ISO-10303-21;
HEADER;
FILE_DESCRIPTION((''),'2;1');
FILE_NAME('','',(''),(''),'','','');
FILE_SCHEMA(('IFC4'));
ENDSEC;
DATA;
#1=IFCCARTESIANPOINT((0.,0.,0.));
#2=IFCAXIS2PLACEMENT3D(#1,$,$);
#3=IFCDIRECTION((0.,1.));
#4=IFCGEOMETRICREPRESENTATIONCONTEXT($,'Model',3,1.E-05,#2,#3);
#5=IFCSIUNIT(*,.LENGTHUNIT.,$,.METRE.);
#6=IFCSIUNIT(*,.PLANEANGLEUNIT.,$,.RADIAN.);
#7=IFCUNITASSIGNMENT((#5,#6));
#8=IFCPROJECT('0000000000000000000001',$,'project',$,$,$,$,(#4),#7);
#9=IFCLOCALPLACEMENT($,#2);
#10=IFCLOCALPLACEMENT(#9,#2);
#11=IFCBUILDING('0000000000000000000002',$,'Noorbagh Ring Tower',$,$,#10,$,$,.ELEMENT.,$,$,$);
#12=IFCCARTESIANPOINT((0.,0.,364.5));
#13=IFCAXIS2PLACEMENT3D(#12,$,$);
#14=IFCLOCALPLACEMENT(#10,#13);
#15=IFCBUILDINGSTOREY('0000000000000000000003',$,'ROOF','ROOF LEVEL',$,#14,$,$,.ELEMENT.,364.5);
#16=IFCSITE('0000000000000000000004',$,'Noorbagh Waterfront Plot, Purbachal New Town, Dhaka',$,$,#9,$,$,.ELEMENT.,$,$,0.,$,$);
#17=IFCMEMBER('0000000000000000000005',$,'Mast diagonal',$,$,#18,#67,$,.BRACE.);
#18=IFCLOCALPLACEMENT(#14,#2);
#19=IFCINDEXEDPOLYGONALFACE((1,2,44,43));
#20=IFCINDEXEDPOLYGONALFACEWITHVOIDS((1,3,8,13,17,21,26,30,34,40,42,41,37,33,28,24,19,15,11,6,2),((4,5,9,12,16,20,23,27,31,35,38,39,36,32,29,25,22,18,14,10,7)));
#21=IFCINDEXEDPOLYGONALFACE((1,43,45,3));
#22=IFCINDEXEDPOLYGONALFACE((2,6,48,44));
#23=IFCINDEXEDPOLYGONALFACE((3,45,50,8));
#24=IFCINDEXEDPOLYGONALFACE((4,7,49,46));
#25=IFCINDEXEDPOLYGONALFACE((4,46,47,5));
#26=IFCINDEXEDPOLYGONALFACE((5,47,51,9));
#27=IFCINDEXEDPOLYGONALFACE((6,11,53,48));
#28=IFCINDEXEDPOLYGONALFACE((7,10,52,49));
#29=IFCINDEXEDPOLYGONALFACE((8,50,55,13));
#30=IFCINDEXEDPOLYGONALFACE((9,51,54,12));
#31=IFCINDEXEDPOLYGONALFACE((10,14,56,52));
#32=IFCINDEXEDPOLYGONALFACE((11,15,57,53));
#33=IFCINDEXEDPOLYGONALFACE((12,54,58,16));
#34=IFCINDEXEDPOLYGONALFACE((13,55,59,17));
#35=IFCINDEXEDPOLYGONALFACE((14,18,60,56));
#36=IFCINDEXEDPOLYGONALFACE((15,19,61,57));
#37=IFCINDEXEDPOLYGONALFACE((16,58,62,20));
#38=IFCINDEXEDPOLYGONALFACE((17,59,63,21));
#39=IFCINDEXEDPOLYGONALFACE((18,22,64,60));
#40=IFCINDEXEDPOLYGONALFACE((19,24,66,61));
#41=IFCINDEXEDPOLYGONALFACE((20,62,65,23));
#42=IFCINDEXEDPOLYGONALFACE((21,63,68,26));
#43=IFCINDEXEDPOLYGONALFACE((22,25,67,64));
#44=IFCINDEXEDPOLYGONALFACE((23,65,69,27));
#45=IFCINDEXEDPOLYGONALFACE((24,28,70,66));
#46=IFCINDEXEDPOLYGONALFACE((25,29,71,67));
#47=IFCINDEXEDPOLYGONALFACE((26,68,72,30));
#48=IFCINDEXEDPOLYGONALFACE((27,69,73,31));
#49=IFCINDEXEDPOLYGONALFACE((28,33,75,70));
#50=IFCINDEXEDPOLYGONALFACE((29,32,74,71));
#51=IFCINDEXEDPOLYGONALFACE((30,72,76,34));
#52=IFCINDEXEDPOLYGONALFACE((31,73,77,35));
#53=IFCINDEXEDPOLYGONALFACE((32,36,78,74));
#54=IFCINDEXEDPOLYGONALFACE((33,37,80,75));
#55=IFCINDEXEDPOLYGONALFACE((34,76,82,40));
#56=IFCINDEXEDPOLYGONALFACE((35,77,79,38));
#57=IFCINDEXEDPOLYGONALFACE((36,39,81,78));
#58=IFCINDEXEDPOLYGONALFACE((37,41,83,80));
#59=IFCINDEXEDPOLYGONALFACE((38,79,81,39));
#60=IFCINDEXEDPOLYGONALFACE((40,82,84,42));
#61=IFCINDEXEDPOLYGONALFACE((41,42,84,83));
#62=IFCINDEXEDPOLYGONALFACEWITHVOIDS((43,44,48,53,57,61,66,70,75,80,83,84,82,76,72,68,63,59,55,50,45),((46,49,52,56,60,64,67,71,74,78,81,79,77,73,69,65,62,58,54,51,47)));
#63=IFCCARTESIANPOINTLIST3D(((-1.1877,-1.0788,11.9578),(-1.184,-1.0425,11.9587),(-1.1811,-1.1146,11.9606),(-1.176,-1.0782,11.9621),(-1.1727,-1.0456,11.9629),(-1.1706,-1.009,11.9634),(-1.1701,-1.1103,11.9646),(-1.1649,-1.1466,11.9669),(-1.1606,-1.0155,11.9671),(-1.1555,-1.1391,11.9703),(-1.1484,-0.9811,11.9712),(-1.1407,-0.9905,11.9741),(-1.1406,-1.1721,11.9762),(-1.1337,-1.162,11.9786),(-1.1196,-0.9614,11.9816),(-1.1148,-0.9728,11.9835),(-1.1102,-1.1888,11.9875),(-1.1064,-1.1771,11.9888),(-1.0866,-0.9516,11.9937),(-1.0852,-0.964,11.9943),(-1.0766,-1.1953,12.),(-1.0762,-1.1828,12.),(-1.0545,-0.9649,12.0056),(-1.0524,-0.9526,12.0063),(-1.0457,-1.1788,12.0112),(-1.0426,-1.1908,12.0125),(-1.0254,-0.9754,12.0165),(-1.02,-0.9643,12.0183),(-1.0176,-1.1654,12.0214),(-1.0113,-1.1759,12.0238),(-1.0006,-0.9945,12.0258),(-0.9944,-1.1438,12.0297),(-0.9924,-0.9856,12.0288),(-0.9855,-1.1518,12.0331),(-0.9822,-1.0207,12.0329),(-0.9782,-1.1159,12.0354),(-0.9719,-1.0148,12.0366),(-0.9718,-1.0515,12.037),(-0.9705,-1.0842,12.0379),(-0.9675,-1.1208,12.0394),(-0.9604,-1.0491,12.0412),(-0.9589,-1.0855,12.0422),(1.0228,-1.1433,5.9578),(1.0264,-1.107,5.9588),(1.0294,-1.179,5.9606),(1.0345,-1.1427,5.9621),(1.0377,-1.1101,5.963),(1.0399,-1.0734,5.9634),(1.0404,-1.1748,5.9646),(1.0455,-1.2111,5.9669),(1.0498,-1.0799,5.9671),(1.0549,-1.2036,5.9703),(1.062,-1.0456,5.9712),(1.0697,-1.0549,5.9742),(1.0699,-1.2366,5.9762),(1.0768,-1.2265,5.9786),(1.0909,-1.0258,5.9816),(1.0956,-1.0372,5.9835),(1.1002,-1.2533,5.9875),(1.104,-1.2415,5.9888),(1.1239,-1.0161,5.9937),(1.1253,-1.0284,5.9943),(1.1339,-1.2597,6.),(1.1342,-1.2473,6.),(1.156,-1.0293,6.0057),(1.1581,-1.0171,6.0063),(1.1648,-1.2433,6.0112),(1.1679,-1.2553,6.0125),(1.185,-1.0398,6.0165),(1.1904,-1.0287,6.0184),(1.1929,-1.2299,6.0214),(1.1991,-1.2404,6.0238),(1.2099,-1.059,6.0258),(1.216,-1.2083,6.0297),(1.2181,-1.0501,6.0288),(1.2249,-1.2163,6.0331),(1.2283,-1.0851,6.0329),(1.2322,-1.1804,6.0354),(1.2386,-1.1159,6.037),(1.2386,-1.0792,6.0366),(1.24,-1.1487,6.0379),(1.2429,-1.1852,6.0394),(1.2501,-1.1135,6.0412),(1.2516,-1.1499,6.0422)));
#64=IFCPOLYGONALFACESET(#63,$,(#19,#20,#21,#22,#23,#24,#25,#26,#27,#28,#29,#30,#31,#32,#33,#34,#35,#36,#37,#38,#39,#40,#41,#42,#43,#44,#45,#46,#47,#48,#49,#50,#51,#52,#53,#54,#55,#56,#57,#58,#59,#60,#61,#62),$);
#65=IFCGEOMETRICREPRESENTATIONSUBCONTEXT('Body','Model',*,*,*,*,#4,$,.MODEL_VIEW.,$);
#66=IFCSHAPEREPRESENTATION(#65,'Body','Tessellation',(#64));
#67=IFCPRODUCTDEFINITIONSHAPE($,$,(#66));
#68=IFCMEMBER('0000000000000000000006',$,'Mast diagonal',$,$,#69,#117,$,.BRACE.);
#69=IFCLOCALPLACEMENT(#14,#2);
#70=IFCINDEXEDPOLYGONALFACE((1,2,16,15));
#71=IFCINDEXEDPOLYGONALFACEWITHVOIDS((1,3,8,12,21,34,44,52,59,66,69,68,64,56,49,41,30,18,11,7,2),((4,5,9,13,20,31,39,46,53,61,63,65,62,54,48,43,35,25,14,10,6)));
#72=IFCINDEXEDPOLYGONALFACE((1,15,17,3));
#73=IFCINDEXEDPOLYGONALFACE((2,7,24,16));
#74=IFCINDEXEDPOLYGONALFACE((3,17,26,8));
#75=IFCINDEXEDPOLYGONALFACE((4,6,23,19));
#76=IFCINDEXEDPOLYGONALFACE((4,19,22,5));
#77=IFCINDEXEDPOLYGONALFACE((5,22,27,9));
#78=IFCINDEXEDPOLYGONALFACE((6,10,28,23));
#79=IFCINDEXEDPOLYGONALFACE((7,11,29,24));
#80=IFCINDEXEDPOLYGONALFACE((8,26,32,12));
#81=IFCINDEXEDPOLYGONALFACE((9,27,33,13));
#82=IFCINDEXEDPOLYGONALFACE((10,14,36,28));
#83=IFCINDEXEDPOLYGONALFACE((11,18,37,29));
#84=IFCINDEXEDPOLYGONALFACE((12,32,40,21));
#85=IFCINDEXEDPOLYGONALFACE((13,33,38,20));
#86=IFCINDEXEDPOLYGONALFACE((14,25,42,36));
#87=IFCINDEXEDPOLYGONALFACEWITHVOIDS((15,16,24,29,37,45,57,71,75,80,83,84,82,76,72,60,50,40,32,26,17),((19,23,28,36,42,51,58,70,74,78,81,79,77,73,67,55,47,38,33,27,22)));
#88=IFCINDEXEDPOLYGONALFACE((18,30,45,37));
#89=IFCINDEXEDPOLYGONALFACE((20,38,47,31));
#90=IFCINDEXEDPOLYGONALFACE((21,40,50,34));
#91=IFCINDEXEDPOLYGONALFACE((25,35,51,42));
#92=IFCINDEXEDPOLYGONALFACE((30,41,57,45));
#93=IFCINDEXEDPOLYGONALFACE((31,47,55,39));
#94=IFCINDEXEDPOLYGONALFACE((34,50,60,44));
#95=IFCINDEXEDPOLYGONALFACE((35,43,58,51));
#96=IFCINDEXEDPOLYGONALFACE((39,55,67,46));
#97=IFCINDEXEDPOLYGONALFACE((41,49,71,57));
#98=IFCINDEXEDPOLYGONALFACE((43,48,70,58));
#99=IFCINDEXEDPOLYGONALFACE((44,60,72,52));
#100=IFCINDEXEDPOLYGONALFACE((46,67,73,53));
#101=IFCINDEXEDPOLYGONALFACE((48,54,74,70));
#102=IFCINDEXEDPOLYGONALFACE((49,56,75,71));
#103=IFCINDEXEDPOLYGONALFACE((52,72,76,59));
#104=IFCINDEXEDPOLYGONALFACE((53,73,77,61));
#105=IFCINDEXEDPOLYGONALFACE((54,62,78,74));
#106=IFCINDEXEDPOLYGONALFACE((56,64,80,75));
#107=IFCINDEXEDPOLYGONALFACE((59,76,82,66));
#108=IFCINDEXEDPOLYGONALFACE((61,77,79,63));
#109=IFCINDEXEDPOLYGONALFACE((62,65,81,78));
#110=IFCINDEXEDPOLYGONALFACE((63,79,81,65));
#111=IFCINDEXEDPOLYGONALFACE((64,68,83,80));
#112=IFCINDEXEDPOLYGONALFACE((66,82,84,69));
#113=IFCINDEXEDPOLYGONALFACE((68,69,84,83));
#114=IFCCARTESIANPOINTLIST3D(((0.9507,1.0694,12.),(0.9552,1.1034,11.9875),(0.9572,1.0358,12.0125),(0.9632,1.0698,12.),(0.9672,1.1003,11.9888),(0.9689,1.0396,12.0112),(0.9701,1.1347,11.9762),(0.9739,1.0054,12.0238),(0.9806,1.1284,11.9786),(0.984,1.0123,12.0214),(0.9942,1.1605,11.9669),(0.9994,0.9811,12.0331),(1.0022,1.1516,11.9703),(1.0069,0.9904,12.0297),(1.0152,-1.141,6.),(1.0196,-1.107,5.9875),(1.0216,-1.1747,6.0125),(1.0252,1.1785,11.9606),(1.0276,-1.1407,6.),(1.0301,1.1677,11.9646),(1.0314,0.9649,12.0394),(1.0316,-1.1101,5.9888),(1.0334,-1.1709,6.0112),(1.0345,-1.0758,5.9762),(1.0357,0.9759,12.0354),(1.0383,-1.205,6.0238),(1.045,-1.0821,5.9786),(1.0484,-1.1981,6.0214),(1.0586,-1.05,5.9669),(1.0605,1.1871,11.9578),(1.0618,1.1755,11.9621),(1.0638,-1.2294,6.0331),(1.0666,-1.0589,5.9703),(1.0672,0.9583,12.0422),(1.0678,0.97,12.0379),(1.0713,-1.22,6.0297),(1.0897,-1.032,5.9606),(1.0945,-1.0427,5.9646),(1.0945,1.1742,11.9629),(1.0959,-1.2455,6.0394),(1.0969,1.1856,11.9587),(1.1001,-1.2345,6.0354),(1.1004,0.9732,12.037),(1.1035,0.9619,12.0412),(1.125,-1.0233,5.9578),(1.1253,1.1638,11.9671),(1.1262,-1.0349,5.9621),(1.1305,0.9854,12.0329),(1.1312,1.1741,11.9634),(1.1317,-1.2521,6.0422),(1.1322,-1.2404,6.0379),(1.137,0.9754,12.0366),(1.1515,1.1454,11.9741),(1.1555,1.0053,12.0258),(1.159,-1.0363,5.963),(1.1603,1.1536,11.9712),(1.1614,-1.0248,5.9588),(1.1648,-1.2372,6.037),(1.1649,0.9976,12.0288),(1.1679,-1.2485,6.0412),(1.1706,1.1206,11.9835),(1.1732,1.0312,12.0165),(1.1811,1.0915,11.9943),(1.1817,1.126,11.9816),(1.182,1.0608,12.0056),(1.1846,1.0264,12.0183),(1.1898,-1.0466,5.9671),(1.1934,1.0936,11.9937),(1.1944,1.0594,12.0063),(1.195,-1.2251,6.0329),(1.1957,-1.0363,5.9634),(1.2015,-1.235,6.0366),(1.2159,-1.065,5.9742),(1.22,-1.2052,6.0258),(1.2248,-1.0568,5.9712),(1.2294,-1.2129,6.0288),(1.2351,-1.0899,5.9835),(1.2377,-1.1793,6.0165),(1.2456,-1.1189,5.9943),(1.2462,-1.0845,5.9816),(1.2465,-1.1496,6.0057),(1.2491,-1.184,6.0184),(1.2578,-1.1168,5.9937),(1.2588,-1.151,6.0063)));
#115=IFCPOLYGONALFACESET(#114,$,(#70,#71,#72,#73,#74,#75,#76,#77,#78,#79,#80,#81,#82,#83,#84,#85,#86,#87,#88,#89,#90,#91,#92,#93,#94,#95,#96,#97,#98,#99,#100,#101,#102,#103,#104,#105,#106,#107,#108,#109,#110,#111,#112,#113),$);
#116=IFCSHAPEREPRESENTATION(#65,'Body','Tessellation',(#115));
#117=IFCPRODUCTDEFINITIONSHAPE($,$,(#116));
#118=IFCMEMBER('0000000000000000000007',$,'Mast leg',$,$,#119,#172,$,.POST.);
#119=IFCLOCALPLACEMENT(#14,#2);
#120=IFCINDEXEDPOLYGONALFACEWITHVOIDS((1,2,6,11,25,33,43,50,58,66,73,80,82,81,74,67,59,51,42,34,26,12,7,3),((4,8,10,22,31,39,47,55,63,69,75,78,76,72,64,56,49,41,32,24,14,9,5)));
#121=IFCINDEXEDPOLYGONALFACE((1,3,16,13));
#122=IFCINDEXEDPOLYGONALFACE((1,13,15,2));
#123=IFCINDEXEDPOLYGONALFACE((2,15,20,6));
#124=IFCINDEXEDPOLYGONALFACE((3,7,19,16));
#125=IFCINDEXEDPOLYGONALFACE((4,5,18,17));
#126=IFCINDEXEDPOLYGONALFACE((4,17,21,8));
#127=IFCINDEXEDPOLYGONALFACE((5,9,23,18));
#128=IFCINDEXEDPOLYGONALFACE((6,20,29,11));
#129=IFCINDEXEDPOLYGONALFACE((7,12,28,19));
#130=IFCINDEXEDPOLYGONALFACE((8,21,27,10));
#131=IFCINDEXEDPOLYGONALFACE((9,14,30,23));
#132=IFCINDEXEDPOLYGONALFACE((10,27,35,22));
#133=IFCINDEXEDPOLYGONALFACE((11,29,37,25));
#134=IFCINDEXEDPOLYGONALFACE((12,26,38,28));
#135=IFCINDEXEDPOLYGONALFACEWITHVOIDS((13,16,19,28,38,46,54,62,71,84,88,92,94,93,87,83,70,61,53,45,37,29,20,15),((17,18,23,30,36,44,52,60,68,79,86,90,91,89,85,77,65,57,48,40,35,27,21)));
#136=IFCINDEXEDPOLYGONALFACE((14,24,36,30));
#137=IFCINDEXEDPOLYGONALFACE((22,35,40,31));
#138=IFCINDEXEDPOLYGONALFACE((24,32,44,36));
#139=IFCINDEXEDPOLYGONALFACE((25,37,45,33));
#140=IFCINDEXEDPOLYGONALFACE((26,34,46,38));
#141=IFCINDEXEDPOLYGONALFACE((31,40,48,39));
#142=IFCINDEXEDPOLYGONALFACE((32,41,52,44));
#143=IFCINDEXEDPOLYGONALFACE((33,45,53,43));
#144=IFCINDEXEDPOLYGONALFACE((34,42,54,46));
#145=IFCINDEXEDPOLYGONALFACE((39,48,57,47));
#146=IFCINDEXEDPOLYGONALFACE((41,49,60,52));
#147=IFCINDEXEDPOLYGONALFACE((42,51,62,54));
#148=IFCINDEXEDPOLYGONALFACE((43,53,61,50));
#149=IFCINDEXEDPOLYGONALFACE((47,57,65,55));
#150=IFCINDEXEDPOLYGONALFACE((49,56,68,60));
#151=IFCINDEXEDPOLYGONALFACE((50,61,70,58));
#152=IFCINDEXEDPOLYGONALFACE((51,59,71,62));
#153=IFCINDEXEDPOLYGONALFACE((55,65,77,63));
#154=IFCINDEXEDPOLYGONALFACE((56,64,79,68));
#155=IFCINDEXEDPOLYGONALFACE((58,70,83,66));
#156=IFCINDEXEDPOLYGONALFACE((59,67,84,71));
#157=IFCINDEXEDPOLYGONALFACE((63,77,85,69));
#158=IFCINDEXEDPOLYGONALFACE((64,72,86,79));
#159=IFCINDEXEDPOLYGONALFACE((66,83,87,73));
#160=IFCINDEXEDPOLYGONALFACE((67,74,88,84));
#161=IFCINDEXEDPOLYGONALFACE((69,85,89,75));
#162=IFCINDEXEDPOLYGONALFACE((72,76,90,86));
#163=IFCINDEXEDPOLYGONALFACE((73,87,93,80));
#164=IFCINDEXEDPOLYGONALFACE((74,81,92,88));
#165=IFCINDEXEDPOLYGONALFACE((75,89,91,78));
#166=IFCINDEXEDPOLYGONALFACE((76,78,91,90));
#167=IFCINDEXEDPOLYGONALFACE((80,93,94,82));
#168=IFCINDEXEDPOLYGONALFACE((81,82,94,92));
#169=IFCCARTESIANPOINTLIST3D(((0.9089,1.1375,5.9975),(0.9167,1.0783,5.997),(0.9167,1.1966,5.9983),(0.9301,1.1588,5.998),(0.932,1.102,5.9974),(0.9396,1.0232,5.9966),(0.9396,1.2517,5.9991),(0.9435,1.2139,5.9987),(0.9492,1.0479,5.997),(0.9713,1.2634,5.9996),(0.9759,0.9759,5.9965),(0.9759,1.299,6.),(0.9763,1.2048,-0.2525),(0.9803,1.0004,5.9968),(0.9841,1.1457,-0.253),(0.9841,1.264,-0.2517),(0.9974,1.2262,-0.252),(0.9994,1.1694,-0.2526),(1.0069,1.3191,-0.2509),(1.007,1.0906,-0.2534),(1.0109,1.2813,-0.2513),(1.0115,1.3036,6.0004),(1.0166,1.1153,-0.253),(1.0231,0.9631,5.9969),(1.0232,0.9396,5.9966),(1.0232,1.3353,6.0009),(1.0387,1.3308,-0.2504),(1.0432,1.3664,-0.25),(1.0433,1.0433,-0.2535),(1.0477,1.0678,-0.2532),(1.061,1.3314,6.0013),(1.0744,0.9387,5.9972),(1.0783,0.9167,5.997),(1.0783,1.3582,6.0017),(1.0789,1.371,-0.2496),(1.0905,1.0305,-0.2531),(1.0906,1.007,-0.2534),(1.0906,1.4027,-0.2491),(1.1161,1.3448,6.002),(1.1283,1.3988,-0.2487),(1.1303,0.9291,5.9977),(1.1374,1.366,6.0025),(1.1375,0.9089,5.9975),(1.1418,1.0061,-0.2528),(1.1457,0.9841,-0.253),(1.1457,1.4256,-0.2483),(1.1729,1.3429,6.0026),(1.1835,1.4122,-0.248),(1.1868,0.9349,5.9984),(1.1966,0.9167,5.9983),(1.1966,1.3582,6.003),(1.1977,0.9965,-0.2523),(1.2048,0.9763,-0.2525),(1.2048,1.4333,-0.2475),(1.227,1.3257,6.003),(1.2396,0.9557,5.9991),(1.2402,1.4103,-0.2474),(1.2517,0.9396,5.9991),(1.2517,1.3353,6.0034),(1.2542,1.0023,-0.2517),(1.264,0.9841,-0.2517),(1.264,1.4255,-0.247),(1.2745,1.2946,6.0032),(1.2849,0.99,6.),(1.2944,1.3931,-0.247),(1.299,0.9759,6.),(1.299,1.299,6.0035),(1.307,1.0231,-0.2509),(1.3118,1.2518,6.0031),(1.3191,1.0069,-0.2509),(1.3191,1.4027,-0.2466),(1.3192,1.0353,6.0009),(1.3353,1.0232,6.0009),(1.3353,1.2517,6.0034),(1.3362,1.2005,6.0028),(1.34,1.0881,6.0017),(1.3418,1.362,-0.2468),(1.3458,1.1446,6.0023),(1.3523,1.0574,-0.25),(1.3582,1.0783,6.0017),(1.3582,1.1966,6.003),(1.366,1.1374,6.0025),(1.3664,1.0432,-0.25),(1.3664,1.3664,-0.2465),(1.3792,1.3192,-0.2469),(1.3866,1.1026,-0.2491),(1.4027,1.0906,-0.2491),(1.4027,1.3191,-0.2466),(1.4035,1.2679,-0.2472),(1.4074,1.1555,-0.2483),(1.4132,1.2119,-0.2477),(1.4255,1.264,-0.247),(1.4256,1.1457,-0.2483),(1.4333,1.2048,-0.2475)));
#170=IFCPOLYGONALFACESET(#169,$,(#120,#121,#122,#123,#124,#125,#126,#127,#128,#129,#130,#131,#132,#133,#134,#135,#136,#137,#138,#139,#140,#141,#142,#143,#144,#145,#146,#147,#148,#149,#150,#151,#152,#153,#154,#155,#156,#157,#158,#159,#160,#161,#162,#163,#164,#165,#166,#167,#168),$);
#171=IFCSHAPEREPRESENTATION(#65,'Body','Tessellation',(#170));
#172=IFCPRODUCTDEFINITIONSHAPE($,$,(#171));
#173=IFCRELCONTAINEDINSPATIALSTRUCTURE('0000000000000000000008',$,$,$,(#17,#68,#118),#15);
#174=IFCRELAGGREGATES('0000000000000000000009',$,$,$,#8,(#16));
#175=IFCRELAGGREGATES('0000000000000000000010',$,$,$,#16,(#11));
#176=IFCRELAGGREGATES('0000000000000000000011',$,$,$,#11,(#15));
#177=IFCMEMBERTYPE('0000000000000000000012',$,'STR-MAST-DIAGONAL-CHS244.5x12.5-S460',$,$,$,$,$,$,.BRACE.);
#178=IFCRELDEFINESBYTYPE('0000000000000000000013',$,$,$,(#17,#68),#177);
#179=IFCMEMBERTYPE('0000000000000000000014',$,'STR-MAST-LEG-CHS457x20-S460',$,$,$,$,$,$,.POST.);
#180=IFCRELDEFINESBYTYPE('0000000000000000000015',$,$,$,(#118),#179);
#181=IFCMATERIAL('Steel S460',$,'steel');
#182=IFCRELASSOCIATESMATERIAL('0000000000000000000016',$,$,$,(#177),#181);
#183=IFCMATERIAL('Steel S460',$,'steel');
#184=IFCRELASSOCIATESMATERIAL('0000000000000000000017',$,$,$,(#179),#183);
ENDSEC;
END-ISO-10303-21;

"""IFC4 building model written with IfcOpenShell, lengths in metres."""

from ifc_helpers import new_model, si_unit, direction, frame, origin, origin_2d, place, context, subcontext, project, spatial, hollow_circle, extrude, material, material_profile, profile_set, type_object, element, save


model = new_model("IFC4")

# Units and contexts
model_context = context("Model", 3, precision=1e-05, world=origin(), true_north=direction((0.0, 1.0)))
body_context = subcontext(model_context, "Body", "Model", "MODEL_VIEW")
ifc_project = project(units=[si_unit("LENGTHUNIT", "METRE"), si_unit("PLANEANGLEUNIT", "RADIAN")], contexts=[model_context])

# Site, building, storey
site_placement = place(None, origin())
site = spatial("IfcSite", under=ifc_project, at=site_placement, Name="Noorbagh Waterfront Plot, Purbachal New Town, Dhaka", CompositionType="ELEMENT", RefElevation=0.0)
building_placement = place(site_placement, origin())
building = spatial("IfcBuilding", under=site, at=building_placement, Name="Noorbagh Ring Tower", CompositionType="ELEMENT")
storey_placement = place(building_placement, frame((0.0, 0.0, 364.5)))
storey = spatial("IfcBuildingStorey", under=building, at=storey_placement, Name="ROOF", Description="ROOF LEVEL", CompositionType="ELEMENT", Elevation=364.5)

# Members
ifc_material_1 = material(Name="Steel S460", Category="steel")
ifc_material_profile_1 = material_profile(ifc_material_1, hollow_circle(Radius=0.1223, WallThickness=0.0125, at=origin_2d()), Name="CHS244.5x12.5")
ifc_profile_set_1 = profile_set([ifc_material_profile_1], Name="Steel S460")
member_type_1 = type_object("IfcMemberType", Name="STR-MAST-DIAGONAL-CHS244.5x12.5-S460", PredefinedType="BRACE", material=ifc_profile_set_1)
for number, where, z_axis, x_axis, name in (
    (1, (1.1375, -1.1375, 6.0), (-0.345677, 0.010079, 0.938299), (-0.029146, -0.999575, 0.0), "Mast diagonal"),
    (2, (1.1375, -1.1375, 6.0), (-0.010079, 0.345677, 0.938299), (-0.999575, -0.029146, 0.0), "Mast diagonal"),
):
    element("IfcMember", number, at=place(storey_placement, frame(where, z_axis=z_axis, x_axis=x_axis)), inside=storey, type_object=member_type_1, Name=name, PredefinedType="BRACE", context=body_context, shape_type="SweptSolid", body=[
        extrude(hollow_circle(Radius=0.1223, WallThickness=0.0125, at=origin_2d()), origin(), (0.0, 0.0, 1.0), 6.3945),
    ])
ifc_material_2 = material(Name="Steel S460", Category="steel")
ifc_material_profile_2 = material_profile(ifc_material_2, hollow_circle(Radius=0.2285, WallThickness=0.02, at=origin_2d()), Name="CHS457x20")
ifc_profile_set_2 = profile_set([ifc_material_profile_2], Name="Steel S460")
member_type_2 = type_object("IfcMemberType", Name="STR-MAST-LEG-CHS457x20-S460", PredefinedType="POST", material=ifc_profile_set_2)
for number, where, z_axis, x_axis, name in (
    (3, (1.2048, 1.2048, -0.25), (-0.01078, -0.01078, 0.999884), (0.707107, -0.707107, 0.0), "Mast leg"),
):
    element("IfcMember", number, at=place(storey_placement, frame(where, z_axis=z_axis, x_axis=x_axis)), inside=storey, type_object=member_type_2, Name=name, PredefinedType="POST", context=body_context, shape_type="SweptSolid", body=[
        extrude(hollow_circle(Radius=0.2285, WallThickness=0.02, at=origin_2d()), origin(), (0.0, 0.0, 1.0), 6.2507),
    ])

save(model, "model.ifc")
